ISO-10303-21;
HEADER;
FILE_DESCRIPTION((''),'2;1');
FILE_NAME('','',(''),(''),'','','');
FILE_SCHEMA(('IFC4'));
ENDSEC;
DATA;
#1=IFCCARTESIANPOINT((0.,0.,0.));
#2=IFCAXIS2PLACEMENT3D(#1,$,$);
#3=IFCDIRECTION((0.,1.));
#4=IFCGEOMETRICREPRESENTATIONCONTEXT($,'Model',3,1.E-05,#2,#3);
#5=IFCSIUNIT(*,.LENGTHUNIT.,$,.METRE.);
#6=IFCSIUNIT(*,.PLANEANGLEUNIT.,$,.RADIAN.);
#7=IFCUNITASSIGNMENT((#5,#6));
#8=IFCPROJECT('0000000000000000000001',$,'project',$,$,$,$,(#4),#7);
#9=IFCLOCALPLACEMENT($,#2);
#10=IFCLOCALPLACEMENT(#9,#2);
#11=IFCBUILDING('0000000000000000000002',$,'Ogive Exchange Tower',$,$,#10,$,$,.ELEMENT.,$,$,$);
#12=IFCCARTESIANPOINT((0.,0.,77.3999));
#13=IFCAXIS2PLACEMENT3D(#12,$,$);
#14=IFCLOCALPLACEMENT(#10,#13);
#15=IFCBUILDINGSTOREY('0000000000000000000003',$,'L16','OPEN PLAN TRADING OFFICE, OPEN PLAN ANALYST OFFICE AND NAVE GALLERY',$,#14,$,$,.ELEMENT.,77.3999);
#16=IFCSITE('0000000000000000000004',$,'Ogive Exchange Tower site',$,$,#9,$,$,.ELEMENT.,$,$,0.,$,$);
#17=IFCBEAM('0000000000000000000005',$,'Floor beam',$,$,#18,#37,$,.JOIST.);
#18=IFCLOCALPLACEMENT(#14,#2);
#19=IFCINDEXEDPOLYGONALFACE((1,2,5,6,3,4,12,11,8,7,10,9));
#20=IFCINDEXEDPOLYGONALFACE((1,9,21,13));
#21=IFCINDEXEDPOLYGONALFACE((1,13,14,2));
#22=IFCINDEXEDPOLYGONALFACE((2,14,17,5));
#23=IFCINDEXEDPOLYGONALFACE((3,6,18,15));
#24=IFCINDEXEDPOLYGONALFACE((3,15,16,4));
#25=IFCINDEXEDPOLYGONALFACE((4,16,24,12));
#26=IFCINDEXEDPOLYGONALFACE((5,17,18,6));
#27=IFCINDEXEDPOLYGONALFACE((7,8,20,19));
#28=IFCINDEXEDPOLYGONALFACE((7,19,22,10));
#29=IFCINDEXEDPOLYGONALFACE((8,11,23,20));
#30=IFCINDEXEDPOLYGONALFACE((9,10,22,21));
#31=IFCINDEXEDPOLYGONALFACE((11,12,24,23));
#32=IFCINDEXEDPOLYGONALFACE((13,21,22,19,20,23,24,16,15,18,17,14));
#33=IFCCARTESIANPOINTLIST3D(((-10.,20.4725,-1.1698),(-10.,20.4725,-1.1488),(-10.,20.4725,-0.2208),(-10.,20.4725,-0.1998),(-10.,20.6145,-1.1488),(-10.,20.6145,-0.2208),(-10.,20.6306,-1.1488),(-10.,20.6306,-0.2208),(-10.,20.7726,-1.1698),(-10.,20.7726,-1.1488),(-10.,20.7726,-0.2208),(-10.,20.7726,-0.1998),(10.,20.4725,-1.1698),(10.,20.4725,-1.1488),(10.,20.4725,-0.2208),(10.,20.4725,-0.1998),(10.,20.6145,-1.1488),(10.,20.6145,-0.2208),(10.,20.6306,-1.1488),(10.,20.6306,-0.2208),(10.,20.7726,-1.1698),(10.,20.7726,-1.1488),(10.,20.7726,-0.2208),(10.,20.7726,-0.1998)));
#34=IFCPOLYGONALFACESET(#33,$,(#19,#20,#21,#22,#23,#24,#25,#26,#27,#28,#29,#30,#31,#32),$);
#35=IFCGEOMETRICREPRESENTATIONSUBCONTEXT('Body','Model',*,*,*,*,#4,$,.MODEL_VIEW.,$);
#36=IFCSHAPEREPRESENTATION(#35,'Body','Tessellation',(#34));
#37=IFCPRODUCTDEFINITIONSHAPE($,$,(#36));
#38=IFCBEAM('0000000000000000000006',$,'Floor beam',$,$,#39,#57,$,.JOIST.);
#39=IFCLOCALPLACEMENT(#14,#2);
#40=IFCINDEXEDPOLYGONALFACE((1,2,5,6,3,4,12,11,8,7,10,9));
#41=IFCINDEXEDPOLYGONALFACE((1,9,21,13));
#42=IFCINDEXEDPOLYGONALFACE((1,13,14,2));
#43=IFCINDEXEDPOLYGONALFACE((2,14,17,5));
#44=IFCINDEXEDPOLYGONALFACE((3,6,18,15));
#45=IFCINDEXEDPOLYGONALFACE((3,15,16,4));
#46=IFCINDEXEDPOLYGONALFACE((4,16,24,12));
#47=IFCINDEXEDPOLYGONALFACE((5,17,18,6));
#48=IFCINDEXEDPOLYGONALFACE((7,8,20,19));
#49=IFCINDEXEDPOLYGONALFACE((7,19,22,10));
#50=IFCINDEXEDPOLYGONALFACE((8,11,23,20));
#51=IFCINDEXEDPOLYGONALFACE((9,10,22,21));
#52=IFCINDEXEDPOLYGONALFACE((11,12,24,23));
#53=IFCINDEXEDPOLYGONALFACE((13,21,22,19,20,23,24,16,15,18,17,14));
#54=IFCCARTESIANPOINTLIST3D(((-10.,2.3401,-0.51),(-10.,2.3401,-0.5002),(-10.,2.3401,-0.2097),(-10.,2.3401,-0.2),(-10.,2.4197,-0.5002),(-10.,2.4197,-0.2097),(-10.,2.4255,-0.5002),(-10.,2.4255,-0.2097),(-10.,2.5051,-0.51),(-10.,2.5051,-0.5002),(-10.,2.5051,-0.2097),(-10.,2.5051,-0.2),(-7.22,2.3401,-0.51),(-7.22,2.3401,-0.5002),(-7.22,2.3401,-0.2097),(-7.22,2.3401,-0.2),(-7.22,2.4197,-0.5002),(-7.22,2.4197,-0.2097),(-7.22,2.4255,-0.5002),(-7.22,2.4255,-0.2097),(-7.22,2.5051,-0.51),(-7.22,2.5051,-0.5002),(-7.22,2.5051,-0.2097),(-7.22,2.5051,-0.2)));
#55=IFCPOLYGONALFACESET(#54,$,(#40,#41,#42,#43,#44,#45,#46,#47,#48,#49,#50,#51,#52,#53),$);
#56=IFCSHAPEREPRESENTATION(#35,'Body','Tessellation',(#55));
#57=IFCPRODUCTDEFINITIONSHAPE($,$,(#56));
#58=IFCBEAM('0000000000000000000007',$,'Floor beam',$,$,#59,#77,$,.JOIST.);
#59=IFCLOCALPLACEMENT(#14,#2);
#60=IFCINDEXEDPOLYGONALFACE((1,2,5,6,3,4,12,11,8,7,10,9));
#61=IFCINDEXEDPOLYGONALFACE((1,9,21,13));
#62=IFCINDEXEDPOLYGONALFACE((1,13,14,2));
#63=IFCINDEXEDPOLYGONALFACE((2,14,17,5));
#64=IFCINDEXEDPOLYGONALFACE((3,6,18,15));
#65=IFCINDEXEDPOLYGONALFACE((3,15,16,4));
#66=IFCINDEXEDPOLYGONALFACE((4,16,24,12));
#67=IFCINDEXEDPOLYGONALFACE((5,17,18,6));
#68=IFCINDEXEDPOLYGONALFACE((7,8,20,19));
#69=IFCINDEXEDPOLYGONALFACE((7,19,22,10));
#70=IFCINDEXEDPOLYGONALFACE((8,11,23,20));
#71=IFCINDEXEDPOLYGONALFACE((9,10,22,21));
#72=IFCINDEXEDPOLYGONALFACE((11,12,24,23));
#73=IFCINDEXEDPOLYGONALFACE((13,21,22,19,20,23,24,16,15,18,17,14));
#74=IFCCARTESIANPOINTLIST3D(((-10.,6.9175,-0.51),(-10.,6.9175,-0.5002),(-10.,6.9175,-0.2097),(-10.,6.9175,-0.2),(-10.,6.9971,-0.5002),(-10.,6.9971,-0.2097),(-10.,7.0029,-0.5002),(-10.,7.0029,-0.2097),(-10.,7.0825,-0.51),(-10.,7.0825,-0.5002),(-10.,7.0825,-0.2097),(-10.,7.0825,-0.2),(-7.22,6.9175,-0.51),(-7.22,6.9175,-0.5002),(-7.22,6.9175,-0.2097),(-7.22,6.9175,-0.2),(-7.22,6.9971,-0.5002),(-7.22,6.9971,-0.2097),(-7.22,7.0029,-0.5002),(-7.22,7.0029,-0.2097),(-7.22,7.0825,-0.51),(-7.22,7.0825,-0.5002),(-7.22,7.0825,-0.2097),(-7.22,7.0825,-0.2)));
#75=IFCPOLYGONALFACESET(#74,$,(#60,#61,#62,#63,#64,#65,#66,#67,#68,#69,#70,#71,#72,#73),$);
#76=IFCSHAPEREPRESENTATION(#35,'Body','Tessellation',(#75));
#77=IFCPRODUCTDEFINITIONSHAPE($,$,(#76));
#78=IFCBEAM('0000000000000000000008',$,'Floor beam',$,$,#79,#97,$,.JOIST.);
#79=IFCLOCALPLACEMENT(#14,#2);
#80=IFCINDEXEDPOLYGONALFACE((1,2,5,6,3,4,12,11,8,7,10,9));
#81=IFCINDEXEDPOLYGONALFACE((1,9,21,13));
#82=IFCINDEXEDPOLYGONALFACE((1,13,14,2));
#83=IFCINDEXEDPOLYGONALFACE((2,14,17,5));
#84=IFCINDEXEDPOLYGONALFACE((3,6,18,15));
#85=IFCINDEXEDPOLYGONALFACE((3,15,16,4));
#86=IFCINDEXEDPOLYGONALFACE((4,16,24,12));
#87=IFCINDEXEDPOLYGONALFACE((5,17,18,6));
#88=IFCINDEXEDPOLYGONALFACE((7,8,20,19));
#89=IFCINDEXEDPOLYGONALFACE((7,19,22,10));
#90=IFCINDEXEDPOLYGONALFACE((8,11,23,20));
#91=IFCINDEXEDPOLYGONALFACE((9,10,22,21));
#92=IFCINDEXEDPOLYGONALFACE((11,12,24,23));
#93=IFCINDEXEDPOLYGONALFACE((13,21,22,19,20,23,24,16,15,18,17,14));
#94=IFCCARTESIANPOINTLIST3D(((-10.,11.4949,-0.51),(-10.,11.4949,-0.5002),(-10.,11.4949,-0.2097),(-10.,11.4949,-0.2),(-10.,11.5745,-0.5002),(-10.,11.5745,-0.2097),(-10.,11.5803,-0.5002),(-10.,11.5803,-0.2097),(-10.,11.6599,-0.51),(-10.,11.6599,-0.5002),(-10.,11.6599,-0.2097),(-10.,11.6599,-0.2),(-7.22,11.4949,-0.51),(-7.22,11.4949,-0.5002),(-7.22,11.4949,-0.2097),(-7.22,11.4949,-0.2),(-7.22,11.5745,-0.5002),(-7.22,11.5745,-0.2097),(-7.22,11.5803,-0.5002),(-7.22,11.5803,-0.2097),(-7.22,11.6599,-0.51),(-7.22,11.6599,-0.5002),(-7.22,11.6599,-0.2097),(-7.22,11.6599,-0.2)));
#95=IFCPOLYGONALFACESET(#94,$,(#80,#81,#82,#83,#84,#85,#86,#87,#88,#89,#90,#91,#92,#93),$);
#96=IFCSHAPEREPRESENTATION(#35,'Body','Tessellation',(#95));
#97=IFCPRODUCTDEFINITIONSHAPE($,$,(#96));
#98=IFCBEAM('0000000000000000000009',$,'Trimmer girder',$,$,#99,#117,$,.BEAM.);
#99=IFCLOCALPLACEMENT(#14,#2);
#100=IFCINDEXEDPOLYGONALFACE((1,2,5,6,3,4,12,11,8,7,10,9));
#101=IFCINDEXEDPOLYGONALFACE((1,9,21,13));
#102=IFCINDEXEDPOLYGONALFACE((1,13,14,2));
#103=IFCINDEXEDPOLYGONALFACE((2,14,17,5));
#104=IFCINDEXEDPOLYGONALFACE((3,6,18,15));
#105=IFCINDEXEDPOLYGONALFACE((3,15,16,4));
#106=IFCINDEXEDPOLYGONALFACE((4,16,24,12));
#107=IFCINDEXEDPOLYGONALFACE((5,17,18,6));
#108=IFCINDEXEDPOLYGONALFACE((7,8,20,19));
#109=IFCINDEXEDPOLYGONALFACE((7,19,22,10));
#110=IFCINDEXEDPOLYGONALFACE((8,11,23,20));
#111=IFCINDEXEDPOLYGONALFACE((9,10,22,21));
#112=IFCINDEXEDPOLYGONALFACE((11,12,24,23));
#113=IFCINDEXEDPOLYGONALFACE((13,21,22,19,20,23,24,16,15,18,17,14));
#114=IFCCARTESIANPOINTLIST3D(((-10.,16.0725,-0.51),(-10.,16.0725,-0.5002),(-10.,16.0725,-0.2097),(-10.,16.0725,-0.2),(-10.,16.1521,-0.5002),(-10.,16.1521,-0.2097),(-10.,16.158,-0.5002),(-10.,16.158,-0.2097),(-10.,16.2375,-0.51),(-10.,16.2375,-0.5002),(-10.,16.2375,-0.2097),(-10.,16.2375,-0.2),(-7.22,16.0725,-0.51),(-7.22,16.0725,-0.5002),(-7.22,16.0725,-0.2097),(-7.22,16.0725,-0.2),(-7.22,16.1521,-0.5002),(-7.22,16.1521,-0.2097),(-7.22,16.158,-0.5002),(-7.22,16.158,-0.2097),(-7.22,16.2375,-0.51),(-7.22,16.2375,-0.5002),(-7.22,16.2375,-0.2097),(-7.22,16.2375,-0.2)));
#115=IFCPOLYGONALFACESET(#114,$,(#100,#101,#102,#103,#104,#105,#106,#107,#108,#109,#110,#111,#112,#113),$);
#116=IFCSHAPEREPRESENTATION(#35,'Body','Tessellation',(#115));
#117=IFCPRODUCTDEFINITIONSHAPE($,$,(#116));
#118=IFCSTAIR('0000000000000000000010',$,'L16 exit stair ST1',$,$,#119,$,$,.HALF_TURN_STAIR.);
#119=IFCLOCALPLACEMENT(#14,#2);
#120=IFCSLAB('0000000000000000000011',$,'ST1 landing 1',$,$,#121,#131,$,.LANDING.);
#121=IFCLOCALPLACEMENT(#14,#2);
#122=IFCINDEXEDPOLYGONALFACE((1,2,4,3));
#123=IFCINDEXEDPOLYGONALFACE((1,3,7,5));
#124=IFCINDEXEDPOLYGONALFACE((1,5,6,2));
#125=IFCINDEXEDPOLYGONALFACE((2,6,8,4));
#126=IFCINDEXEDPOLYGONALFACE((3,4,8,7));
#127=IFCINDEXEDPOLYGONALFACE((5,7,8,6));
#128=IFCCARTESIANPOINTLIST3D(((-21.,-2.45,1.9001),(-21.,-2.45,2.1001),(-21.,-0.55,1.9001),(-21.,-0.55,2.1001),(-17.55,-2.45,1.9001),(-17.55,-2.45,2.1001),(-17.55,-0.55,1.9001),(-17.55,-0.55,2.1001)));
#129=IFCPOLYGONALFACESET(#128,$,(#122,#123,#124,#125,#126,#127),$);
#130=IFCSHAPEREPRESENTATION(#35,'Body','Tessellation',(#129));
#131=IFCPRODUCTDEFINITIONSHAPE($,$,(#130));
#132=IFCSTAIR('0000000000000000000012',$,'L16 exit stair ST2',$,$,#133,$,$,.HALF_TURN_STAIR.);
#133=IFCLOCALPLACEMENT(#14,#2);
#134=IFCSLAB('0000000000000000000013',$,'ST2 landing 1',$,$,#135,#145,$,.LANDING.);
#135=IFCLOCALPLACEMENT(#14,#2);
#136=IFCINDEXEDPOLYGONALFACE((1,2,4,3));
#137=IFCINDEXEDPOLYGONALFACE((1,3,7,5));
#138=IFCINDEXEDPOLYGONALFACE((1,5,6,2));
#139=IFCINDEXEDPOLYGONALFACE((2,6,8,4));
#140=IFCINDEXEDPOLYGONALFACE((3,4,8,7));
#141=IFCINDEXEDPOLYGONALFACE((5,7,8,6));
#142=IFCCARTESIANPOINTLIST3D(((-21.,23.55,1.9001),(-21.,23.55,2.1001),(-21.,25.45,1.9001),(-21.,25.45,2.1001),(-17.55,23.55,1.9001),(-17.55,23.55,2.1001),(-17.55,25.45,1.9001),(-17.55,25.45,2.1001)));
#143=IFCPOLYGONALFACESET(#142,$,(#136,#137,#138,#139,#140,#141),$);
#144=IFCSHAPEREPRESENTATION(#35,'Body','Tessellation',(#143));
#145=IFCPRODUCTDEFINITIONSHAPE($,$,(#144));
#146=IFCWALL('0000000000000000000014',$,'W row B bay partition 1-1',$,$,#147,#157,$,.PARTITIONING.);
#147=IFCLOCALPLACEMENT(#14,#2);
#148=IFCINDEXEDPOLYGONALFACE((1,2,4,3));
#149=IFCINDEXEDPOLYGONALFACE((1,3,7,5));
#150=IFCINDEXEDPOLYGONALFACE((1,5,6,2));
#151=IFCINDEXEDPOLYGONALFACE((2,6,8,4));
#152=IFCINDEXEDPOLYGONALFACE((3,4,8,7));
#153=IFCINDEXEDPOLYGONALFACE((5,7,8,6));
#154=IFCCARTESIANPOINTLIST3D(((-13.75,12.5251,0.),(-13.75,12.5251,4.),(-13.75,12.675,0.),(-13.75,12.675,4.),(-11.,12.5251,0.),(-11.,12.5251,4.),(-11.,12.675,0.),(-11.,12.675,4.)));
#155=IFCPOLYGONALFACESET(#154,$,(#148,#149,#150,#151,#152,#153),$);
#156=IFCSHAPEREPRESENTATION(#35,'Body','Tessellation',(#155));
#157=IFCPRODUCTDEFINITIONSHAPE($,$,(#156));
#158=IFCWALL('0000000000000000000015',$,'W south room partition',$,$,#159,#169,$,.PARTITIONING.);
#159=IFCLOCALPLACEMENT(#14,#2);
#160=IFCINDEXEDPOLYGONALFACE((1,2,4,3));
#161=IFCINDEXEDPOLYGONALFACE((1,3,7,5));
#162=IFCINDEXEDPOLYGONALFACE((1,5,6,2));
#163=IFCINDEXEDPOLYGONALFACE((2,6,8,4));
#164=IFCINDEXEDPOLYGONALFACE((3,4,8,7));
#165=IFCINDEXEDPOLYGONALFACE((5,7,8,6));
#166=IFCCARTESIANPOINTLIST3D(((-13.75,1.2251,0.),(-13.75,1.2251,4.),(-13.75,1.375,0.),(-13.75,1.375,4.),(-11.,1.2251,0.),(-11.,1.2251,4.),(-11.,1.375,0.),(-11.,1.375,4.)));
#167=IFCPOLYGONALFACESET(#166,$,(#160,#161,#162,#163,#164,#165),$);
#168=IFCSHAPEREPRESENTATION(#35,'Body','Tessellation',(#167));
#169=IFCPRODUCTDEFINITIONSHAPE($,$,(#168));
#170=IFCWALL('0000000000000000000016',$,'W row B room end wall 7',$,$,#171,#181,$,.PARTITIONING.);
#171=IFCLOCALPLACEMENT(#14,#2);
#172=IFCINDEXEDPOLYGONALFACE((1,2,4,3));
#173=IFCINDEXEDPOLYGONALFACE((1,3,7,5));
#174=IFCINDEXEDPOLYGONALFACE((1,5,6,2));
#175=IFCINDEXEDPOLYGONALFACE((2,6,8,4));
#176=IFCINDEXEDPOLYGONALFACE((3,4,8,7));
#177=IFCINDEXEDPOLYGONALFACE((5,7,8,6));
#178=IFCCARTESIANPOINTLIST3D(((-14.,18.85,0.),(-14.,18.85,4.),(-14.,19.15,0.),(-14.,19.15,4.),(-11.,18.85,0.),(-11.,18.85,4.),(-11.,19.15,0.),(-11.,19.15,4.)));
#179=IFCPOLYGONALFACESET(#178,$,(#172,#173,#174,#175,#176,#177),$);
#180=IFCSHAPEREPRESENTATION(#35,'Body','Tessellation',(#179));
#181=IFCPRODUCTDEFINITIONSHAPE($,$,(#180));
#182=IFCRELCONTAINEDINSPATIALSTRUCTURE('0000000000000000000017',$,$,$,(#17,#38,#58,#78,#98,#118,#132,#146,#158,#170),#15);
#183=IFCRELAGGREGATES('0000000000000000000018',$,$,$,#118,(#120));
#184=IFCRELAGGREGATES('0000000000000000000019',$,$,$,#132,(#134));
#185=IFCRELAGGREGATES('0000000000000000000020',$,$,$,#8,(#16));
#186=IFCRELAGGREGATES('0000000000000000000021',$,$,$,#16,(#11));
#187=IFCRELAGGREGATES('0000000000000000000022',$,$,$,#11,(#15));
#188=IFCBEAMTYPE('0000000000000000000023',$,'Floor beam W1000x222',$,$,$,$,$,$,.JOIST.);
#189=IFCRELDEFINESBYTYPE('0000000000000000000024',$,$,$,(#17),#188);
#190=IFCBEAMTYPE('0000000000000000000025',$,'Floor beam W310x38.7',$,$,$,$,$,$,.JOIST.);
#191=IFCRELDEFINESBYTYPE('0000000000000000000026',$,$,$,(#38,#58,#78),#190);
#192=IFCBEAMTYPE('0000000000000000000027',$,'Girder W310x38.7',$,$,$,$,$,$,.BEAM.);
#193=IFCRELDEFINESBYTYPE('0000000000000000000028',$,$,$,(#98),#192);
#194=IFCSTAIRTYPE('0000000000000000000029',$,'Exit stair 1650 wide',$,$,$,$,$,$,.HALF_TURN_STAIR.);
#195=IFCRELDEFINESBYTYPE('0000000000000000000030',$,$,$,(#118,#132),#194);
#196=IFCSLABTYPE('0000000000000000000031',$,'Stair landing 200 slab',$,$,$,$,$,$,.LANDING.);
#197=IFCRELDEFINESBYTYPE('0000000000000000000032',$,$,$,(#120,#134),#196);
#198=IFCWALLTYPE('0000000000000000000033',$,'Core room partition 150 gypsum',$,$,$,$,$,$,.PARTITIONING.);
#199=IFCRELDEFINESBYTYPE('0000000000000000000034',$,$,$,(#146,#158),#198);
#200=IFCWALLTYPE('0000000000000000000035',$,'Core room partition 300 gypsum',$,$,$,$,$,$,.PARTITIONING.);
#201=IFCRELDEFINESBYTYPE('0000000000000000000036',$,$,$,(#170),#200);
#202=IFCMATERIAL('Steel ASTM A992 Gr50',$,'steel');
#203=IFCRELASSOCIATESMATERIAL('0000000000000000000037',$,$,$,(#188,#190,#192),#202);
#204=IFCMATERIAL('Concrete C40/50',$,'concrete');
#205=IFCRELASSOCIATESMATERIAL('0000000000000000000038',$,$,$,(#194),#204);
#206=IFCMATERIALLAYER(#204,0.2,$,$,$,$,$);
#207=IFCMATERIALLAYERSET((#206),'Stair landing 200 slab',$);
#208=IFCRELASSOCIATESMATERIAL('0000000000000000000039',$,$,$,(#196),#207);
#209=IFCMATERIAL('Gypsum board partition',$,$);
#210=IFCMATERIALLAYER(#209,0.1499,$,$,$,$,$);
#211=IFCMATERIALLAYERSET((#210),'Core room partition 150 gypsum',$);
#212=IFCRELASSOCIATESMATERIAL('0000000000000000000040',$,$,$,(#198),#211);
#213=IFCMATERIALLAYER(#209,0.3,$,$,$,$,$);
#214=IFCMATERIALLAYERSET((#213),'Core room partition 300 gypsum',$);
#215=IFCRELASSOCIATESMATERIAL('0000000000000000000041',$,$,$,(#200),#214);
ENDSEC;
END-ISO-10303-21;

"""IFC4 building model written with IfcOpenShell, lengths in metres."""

from ifc_helpers import new_model, si_unit, direction, frame, frame_2d, origin, origin_2d, place, context, subcontext, project, spatial, polyline, rectangle, i_section, outline, extrude, material, layer, layer_set, material_profile, profile_set, type_object, element, aggregate, save


model = new_model("IFC4")

# Units and contexts
model_context = context("Model", 3, precision=1e-05, world=origin(), true_north=direction((0.0, 1.0)))
body_context = subcontext(model_context, "Body", "Model", "MODEL_VIEW")
ifc_project = project(units=[si_unit("LENGTHUNIT", "METRE"), si_unit("PLANEANGLEUNIT", "RADIAN")], contexts=[model_context])

# Site, building, storey
site_placement = place(None, origin())
site = spatial("IfcSite", under=ifc_project, at=site_placement, Name="Ogive Exchange Tower site", CompositionType="ELEMENT", RefElevation=0.0)
building_placement = place(site_placement, origin())
building = spatial("IfcBuilding", under=site, at=building_placement, Name="Ogive Exchange Tower", CompositionType="ELEMENT")
storey_placement = place(building_placement, frame((0.0, 0.0, 77.3999)))
storey = spatial("IfcBuildingStorey", under=building, at=storey_placement, Name="L16", Description="OPEN PLAN TRADING OFFICE, OPEN PLAN ANALYST OFFICE AND NAVE GALLERY", CompositionType="ELEMENT", Elevation=77.3999)

# Beams
ifc_material_1 = material(Name="Steel ASTM A992 Gr50", Category="steel")
ifc_material_profile_1 = material_profile(ifc_material_1, i_section(OverallWidth=0.3, OverallDepth=0.97, WebThickness=0.0161, FlangeThickness=0.021, at=origin_2d()), Name="W1000x222")
ifc_profile_set_1 = profile_set([ifc_material_profile_1], Name="Steel ASTM A992 Gr50")
beam_type_1 = type_object("IfcBeamType", Name="Floor beam W1000x222", PredefinedType="JOIST", material=ifc_profile_set_1)
beam_1_placement = place(storey_placement, frame((-10.0, 20.6226, -0.6848), z_axis=(1.0, 0.0, 0.0), x_axis=(0.0, 1.0, 0.0)))
element("IfcBeam", 1, at=beam_1_placement, inside=storey, type_object=beam_type_1, Name="Floor beam", PredefinedType="JOIST", context=body_context, shape_type="SweptSolid", body=[
    extrude(i_section(OverallWidth=0.3, OverallDepth=0.97, WebThickness=0.0161, FlangeThickness=0.021, at=origin_2d()), origin(), (0.0, 0.0, 1.0), 20.0),
])
ifc_material_profile_2 = material_profile(ifc_material_1, i_section(OverallWidth=0.165, OverallDepth=0.3101, WebThickness=0.0059, FlangeThickness=0.0098, at=origin_2d()), Name="W310x38.7")
ifc_profile_set_2 = profile_set([ifc_material_profile_2], Name="Steel ASTM A992 Gr50")
beam_type_2 = type_object("IfcBeamType", Name="Floor beam W310x38.7", PredefinedType="JOIST", material=ifc_profile_set_2)
for number, where, z_axis, x_axis, name in (
    (2, (-10.0, 2.4226, -0.355), (1.0, 0.0, 0.0), (0.0, 1.0, 0.0), "Floor beam"),
    (3, (-10.0, 7.0, -0.355), (1.0, 0.0, 0.0), (0.0, 1.0, 0.0), "Floor beam"),
    (4, (-10.0, 11.5774, -0.355), (1.0, 0.0, 0.0), (0.0, 1.0, 0.0), "Floor beam"),
):
    element("IfcBeam", number, at=place(storey_placement, frame(where, z_axis=z_axis, x_axis=x_axis)), inside=storey, type_object=beam_type_2, Name=name, PredefinedType="JOIST", context=body_context, shape_type="SweptSolid", body=[
        extrude(i_section(OverallWidth=0.165, OverallDepth=0.3101, WebThickness=0.0059, FlangeThickness=0.0098, at=origin_2d()), origin(), (0.0, 0.0, 1.0), 2.78),
    ])
ifc_material_profile_3 = material_profile(ifc_material_1, i_section(OverallWidth=0.165, OverallDepth=0.3101, WebThickness=0.0059, FlangeThickness=0.0098, at=origin_2d()), Name="W310x38.7")
ifc_profile_set_3 = profile_set([ifc_material_profile_3], Name="Steel ASTM A992 Gr50")
beam_type_3 = type_object("IfcBeamType", Name="Girder W310x38.7", PredefinedType="BEAM", material=ifc_profile_set_3)
beam_2_placement = place(storey_placement, frame((-10.0, 16.155, -0.355), z_axis=(1.0, 0.0, 0.0), x_axis=(0.0, 1.0, 0.0)))
element("IfcBeam", 5, at=beam_2_placement, inside=storey, type_object=beam_type_3, Name="Trimmer girder", PredefinedType="BEAM", context=body_context, shape_type="SweptSolid", body=[
    extrude(i_section(OverallWidth=0.165, OverallDepth=0.3101, WebThickness=0.0059, FlangeThickness=0.0098, at=origin_2d()), origin(), (0.0, 0.0, 1.0), 2.78),
])

# Stairs, slabs
ifc_material_2 = material(Name="Concrete C40/50", Category="concrete")
stair_type = type_object("IfcStairType", Name="Exit stair 1650 wide", PredefinedType="HALF_TURN_STAIR", material=ifc_material_2)
stair_1_placement = place(storey_placement, origin())
stair_1 = element("IfcStair", 6, at=stair_1_placement, inside=storey, type_object=stair_type, Name="L16 exit stair ST1", PredefinedType="HALF_TURN_STAIR")
ifc_layer_1 = layer(ifc_material_2, 0.2)
ifc_layer_set_1 = layer_set([ifc_layer_1], Name="Stair landing 200 slab")
slab_type = type_object("IfcSlabType", Name="Stair landing 200 slab", PredefinedType="LANDING", material=ifc_layer_set_1)
slab_1_placement = place(storey_placement, frame((0.0, 0.0, 1.9001)))
slab_1 = element("IfcSlab", 7, at=slab_1_placement, type_object=slab_type, Name="ST1 landing 1", PredefinedType="LANDING", context=body_context, shape_type="SweptSolid", body=[
    extrude(outline(polyline([(-21.0, -0.55), (-21.0, -2.45), (-17.55, -2.45), (-17.55, -0.55), (-21.0, -0.55)])), origin(), (0.0, 0.0, 1.0), 0.2),
])
aggregate(stair_1, [slab_1])
stair_2_placement = place(storey_placement, origin())
stair_2 = element("IfcStair", 8, at=stair_2_placement, inside=storey, type_object=stair_type, Name="L16 exit stair ST2", PredefinedType="HALF_TURN_STAIR")
slab_2_placement = place(storey_placement, frame((0.0, 0.0, 1.9001)))
slab_2 = element("IfcSlab", 9, at=slab_2_placement, type_object=slab_type, Name="ST2 landing 1", PredefinedType="LANDING", context=body_context, shape_type="SweptSolid", body=[
    extrude(outline(polyline([(-17.55, 23.55), (-17.55, 25.45), (-21.0, 25.45), (-21.0, 23.55), (-17.55, 23.55)])), origin(), (0.0, 0.0, 1.0), 0.2),
])
aggregate(stair_2, [slab_2])

# Walls
ifc_material_3 = material(Name="Gypsum board partition")
ifc_layer_2 = layer(ifc_material_3, 0.1499)
ifc_layer_set_2 = layer_set([ifc_layer_2], Name="Core room partition 150 gypsum")
wall_type_1 = type_object("IfcWallType", Name="Core room partition 150 gypsum", PredefinedType="PARTITIONING", material=ifc_layer_set_2)
for number, where, z_axis, x_axis, name in (
    (10, (-13.75, 12.6001, 0.0), (0.0, 0.0, 1.0), (1.0, 0.0, 0.0), "W row B bay partition 1-1"),
    (11, (-13.75, 1.3, 0.0), (0.0, 0.0, 1.0), (1.0, 0.0, 0.0), "W south room partition"),
):
    element("IfcWall", number, at=place(storey_placement, frame(where, z_axis=z_axis, x_axis=x_axis)), inside=storey, type_object=wall_type_1, Name=name, PredefinedType="PARTITIONING", context=body_context, shape_type="SweptSolid", body=[
        extrude(rectangle(XDim=2.75, YDim=0.1499, at=frame_2d((1.375, 0.0))), origin(), (0.0, 0.0, 1.0), 4.0),
    ])
ifc_layer_3 = layer(ifc_material_3, 0.3)
ifc_layer_set_3 = layer_set([ifc_layer_3], Name="Core room partition 300 gypsum")
wall_type_2 = type_object("IfcWallType", Name="Core room partition 300 gypsum", PredefinedType="PARTITIONING", material=ifc_layer_set_3)
wall_1_placement = place(storey_placement, frame((-14.0, 19.0, 0.0), z_axis=(0.0, 0.0, 1.0), x_axis=(1.0, 0.0, 0.0)))
element("IfcWall", 12, at=wall_1_placement, inside=storey, type_object=wall_type_2, Name="W row B room end wall 7", PredefinedType="PARTITIONING", context=body_context, shape_type="SweptSolid", body=[
    extrude(rectangle(XDim=3.0, YDim=0.3, at=frame_2d((1.5, 0.0))), origin(), (0.0, 0.0, 1.0), 4.0),
])

save(model, "model.ifc")
